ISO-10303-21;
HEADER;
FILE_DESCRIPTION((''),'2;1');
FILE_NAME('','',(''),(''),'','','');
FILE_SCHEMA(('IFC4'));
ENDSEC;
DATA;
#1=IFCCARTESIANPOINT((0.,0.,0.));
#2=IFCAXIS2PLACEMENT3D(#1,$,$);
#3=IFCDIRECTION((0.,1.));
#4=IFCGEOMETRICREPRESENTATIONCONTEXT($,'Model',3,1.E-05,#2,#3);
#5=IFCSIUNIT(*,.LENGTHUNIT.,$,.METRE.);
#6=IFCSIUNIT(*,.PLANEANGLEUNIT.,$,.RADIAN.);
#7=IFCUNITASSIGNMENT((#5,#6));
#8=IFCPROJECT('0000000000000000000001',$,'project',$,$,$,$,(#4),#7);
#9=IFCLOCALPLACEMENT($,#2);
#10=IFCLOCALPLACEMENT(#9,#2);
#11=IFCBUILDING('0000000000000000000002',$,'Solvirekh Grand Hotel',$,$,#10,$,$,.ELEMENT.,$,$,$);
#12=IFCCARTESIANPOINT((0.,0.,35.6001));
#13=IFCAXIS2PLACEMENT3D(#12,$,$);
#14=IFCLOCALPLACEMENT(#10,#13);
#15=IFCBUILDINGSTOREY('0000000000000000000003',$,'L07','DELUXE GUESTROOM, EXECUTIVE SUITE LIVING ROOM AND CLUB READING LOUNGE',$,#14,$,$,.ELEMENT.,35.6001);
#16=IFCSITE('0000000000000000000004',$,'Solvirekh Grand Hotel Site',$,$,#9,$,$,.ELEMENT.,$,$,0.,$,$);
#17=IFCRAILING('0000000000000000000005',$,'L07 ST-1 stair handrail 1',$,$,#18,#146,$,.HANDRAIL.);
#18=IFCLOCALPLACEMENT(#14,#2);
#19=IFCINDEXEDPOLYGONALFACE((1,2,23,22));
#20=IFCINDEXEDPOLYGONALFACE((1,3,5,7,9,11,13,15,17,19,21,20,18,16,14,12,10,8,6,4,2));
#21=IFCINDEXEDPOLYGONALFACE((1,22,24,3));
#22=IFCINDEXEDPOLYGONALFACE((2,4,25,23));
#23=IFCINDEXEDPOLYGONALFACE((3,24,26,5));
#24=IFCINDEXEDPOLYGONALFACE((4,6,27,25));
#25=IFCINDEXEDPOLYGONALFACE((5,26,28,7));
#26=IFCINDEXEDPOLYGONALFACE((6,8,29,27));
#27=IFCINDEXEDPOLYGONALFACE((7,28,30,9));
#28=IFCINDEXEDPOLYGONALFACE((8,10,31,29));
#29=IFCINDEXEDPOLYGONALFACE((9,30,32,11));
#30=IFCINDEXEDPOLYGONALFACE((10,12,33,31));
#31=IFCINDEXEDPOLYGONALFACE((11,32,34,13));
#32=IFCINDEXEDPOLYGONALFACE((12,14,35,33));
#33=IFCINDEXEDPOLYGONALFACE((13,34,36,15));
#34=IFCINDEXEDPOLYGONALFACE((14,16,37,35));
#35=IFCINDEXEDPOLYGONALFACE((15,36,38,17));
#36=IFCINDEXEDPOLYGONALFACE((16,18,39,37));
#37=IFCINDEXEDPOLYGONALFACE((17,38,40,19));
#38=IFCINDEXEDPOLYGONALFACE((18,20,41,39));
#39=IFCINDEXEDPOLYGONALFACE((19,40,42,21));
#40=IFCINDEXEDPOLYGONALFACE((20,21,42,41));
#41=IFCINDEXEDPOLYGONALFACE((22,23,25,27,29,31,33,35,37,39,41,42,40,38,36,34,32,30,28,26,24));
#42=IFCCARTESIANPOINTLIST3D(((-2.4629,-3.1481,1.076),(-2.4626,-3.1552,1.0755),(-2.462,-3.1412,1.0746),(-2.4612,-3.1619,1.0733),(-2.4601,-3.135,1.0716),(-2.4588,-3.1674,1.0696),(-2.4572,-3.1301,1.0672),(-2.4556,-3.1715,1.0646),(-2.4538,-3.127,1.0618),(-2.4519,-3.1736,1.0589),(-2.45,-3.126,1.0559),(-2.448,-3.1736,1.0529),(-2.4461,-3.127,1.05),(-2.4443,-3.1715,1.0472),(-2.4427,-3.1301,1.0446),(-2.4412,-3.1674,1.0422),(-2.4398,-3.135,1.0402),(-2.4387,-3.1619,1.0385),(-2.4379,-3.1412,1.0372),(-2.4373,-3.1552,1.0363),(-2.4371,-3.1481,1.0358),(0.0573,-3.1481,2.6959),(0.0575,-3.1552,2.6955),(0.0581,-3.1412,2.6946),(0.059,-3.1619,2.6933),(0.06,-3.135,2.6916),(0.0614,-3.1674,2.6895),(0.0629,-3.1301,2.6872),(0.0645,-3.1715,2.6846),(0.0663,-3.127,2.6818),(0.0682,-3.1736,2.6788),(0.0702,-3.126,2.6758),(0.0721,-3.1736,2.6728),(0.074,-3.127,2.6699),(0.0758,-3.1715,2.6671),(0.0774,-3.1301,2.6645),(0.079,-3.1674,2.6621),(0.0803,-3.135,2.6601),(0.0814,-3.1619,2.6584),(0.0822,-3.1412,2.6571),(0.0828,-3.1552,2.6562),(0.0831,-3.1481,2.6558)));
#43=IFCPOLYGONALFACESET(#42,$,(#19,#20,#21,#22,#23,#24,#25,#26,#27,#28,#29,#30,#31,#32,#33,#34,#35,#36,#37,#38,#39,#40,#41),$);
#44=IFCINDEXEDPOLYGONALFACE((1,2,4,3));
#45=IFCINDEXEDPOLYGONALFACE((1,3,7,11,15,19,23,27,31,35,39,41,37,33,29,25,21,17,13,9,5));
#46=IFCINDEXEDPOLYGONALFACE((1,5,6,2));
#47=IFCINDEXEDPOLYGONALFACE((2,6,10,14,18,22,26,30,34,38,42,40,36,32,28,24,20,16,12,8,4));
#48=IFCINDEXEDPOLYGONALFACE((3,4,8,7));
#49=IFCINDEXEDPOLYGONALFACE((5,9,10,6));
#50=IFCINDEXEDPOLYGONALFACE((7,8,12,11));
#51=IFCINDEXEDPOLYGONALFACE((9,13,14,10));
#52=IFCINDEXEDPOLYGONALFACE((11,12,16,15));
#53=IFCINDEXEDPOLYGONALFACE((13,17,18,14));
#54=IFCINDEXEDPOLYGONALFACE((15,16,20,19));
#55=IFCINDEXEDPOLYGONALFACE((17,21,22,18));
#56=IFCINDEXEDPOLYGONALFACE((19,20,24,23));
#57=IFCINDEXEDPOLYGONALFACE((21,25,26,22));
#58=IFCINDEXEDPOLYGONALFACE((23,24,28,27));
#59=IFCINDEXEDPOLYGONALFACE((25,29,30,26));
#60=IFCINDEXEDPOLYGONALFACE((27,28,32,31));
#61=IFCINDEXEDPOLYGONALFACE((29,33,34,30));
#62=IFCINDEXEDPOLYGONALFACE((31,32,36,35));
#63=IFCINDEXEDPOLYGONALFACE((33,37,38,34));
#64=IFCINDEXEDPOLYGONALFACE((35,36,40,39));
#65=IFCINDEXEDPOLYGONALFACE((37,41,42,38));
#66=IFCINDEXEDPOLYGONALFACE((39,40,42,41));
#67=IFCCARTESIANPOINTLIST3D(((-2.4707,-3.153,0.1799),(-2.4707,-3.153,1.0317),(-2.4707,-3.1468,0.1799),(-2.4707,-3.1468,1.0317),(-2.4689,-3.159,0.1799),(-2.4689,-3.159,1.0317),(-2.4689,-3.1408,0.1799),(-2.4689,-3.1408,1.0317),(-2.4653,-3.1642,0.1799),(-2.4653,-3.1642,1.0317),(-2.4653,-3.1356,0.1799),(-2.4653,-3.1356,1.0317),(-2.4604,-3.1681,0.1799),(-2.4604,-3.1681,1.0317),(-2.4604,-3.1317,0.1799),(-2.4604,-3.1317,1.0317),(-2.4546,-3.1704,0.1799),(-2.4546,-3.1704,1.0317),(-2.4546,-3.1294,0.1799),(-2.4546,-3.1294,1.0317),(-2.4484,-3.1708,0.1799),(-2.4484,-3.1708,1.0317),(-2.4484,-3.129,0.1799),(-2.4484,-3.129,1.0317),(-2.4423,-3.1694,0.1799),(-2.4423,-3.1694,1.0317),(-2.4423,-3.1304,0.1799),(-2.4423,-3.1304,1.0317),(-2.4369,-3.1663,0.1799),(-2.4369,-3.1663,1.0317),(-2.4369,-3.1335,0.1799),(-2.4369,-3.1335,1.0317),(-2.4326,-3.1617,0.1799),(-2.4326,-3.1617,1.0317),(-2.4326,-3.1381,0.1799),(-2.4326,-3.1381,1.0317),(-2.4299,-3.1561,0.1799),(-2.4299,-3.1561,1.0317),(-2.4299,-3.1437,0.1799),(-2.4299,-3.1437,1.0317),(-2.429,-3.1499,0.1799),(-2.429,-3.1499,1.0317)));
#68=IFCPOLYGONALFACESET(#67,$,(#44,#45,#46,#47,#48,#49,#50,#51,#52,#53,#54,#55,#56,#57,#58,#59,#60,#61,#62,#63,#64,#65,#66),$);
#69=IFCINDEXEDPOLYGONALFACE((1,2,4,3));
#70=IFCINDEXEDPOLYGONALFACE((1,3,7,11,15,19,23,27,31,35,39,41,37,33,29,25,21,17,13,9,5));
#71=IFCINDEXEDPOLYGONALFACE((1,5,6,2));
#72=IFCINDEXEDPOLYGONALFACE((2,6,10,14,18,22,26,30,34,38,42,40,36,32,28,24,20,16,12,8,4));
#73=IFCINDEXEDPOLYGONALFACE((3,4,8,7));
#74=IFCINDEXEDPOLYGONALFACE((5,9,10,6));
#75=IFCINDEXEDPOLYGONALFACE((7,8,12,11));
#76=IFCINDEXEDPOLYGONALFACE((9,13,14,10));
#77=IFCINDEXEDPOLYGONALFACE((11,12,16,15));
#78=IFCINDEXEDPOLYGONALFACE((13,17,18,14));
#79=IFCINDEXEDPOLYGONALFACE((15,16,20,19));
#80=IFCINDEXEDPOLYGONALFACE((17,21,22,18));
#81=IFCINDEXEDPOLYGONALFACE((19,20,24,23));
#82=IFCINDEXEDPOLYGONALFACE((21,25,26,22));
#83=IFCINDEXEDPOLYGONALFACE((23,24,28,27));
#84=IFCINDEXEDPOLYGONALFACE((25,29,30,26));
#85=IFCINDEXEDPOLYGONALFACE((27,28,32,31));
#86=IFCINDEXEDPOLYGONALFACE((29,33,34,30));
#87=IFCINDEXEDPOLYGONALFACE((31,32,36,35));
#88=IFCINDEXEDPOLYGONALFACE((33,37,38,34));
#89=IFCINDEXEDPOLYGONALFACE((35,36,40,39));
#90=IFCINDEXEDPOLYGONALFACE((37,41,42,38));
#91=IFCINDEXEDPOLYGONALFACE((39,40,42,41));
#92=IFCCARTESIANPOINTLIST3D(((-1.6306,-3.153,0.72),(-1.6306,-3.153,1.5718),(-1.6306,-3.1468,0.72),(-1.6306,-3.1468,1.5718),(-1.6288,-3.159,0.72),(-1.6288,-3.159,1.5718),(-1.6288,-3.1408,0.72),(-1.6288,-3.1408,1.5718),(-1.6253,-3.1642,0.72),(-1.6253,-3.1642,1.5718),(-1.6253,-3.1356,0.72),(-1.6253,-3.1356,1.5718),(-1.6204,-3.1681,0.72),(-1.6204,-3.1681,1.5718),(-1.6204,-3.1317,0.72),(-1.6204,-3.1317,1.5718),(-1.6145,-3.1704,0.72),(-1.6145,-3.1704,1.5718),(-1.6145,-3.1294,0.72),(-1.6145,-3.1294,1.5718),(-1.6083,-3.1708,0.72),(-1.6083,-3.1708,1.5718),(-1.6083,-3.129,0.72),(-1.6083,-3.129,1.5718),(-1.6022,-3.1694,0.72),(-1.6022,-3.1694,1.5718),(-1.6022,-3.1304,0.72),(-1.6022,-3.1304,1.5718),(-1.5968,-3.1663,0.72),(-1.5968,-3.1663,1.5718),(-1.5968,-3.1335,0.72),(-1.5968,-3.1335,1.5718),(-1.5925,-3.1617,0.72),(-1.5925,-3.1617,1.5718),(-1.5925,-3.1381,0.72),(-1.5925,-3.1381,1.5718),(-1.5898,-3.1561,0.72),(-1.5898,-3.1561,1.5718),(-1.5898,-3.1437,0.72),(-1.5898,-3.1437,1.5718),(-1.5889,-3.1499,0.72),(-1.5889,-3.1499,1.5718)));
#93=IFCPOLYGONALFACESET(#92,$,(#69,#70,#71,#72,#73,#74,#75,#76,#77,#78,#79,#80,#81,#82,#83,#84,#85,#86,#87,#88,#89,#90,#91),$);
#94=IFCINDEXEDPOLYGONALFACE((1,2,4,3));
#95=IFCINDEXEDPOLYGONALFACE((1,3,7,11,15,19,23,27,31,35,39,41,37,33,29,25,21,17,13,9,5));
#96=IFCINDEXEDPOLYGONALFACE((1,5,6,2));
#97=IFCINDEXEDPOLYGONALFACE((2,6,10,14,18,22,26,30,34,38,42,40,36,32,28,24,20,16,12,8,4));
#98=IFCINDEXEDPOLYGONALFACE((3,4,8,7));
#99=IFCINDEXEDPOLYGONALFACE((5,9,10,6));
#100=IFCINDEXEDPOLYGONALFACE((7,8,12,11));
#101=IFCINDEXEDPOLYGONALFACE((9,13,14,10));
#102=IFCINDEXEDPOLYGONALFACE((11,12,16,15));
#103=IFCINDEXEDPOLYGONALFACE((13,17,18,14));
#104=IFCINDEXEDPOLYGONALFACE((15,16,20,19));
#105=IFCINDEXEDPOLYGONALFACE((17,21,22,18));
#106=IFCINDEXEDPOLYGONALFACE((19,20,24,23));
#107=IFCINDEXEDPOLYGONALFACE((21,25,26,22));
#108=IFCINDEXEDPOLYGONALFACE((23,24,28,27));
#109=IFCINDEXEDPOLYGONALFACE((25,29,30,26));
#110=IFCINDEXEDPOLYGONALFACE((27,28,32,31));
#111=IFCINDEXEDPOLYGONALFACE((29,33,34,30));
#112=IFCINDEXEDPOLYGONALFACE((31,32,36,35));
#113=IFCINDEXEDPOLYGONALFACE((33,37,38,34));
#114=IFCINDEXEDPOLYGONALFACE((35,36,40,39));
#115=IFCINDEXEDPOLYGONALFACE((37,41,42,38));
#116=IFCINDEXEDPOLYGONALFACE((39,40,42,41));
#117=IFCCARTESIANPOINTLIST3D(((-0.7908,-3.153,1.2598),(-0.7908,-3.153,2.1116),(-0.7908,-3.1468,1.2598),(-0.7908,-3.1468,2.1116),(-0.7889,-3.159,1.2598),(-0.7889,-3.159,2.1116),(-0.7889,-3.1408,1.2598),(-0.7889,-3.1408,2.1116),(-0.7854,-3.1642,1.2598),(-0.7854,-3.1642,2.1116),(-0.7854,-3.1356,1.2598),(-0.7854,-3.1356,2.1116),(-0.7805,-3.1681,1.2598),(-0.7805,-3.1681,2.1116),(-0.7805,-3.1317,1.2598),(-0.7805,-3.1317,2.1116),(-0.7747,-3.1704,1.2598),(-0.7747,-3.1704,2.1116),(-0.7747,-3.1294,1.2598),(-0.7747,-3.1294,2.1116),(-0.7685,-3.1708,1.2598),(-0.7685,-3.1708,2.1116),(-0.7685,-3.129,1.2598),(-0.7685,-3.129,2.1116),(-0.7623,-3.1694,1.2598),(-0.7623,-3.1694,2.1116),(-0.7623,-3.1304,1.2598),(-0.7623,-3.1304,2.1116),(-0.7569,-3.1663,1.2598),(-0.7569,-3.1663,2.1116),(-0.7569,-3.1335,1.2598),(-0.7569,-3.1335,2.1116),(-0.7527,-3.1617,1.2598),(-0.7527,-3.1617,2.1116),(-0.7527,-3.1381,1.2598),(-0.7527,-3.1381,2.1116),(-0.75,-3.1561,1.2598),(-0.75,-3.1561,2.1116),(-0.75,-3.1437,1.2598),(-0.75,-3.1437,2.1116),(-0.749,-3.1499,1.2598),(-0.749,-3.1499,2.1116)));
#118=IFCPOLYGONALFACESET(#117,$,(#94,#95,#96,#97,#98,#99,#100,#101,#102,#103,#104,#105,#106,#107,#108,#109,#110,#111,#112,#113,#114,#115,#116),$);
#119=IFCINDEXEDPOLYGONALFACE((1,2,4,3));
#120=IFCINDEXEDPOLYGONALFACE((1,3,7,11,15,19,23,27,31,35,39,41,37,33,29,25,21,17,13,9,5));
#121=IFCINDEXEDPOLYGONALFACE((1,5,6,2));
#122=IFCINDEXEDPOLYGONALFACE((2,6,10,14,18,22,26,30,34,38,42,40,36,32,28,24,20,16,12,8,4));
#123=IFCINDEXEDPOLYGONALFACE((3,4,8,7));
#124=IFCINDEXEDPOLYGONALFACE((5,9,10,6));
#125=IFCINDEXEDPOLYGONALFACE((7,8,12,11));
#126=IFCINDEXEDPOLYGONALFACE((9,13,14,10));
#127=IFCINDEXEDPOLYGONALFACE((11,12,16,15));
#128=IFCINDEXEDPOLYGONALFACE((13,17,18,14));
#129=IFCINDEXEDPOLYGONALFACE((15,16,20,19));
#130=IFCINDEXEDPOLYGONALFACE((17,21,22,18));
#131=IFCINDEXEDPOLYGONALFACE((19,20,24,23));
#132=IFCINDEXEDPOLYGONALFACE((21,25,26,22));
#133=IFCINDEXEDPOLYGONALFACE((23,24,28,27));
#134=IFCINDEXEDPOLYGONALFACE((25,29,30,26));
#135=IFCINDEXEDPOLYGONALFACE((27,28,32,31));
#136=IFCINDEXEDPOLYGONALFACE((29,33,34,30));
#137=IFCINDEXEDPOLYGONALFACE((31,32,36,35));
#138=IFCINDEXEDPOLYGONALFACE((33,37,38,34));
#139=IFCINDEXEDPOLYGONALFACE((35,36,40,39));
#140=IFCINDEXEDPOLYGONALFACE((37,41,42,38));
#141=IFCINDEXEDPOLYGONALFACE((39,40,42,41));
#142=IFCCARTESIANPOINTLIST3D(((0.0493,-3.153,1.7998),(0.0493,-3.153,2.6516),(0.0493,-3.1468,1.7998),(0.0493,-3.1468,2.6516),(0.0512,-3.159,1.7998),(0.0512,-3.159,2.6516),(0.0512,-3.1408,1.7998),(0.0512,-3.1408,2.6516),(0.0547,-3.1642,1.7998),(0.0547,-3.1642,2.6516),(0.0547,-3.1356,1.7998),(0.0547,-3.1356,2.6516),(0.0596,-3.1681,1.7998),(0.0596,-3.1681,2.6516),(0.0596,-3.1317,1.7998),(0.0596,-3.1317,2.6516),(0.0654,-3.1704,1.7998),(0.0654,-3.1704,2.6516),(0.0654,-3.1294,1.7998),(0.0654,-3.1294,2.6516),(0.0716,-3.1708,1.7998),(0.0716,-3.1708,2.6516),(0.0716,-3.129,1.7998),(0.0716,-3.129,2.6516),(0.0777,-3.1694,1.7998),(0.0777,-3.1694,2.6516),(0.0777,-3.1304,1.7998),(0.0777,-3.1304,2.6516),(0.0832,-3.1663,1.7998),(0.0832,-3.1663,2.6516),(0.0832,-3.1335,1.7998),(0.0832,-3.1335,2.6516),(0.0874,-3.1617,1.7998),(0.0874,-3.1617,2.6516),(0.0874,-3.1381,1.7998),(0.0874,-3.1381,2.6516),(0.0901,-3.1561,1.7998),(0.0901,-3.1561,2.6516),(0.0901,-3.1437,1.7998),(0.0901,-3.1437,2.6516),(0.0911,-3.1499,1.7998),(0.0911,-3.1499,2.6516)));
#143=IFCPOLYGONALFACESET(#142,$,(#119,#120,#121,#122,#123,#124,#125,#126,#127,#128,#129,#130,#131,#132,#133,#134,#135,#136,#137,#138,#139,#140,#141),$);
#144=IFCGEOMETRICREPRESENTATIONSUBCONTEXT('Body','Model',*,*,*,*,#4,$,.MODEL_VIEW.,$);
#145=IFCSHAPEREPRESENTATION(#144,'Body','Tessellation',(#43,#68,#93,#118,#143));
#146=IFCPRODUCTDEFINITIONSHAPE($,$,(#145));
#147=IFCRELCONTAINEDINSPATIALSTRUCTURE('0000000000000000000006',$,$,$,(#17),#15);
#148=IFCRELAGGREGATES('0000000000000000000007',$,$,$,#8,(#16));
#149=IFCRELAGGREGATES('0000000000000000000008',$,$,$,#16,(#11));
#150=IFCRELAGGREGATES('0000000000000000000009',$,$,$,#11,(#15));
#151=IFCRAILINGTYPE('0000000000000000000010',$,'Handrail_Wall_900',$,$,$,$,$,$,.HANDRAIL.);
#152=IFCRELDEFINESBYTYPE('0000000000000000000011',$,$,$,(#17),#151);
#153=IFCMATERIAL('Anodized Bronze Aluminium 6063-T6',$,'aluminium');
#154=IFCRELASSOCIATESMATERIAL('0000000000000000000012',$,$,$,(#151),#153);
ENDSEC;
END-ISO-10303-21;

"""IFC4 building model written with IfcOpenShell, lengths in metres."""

from ifc_helpers import new_model, si_unit, direction, frame, origin, origin_2d, place, context, subcontext, project, spatial, circle, extrude, material, type_object, element, save


model = new_model("IFC4")

# Units and contexts
model_context = context("Model", 3, precision=1e-05, world=origin(), true_north=direction((0.0, 1.0)))
body_context = subcontext(model_context, "Body", "Model", "MODEL_VIEW")
ifc_project = project(units=[si_unit("LENGTHUNIT", "METRE"), si_unit("PLANEANGLEUNIT", "RADIAN")], contexts=[model_context])

# Site, building, storey
site_placement = place(None, origin())
site = spatial("IfcSite", under=ifc_project, at=site_placement, Name="Solvirekh Grand Hotel Site", CompositionType="ELEMENT", RefElevation=0.0)
building_placement = place(site_placement, origin())
building = spatial("IfcBuilding", under=site, at=building_placement, Name="Solvirekh Grand Hotel", CompositionType="ELEMENT")
storey_placement = place(building_placement, frame((0.0, 0.0, 35.6001)))
storey = spatial("IfcBuildingStorey", under=building, at=storey_placement, Name="L07", Description="DELUXE GUESTROOM, EXECUTIVE SUITE LIVING ROOM AND CLUB READING LOUNGE", CompositionType="ELEMENT", Elevation=35.6001)

# Shared definitions
ifc_material_1 = material(Name="Anodized Bronze Aluminium 6063-T6", Category="aluminium")

# Railing
railing_type_1 = type_object("IfcRailingType", Name="Handrail_Wall_900", PredefinedType="HANDRAIL", material=ifc_material_1)
railing_1_placement = place(storey_placement, frame((-2.45, -3.1499, 0.1799)))
element("IfcRailing", 1, at=railing_1_placement, inside=storey, type_object=railing_type_1, Name="L07 ST-1 stair handrail 1", PredefinedType="HANDRAIL", context=body_context, shape_type="SweptSolid", body=[
    extrude(circle(Radius=0.0239, at=origin_2d()), frame((0.0, 0.0, 0.876), z_axis=(0.8412, 0.0, 0.540725), x_axis=(0.0, 1.0, 0.0)), (0.0, 0.0, 1.0), 2.9958),
    extrude(circle(Radius=0.021, at=origin_2d()), origin(), (0.0, 0.0, 1.0), 0.8518),
    extrude(circle(Radius=0.021, at=origin_2d()), frame((0.8401, 0.0, 0.54)), (0.0, 0.0, 1.0), 0.8518),
    extrude(circle(Radius=0.021, at=origin_2d()), frame((1.6799, 0.0, 1.0798)), (0.0, 0.0, 1.0), 0.8518),
    extrude(circle(Radius=0.021, at=origin_2d()), frame((2.52, 0.0, 1.6199)), (0.0, 0.0, 1.0), 0.8518),
])

save(model, "model.ifc")
